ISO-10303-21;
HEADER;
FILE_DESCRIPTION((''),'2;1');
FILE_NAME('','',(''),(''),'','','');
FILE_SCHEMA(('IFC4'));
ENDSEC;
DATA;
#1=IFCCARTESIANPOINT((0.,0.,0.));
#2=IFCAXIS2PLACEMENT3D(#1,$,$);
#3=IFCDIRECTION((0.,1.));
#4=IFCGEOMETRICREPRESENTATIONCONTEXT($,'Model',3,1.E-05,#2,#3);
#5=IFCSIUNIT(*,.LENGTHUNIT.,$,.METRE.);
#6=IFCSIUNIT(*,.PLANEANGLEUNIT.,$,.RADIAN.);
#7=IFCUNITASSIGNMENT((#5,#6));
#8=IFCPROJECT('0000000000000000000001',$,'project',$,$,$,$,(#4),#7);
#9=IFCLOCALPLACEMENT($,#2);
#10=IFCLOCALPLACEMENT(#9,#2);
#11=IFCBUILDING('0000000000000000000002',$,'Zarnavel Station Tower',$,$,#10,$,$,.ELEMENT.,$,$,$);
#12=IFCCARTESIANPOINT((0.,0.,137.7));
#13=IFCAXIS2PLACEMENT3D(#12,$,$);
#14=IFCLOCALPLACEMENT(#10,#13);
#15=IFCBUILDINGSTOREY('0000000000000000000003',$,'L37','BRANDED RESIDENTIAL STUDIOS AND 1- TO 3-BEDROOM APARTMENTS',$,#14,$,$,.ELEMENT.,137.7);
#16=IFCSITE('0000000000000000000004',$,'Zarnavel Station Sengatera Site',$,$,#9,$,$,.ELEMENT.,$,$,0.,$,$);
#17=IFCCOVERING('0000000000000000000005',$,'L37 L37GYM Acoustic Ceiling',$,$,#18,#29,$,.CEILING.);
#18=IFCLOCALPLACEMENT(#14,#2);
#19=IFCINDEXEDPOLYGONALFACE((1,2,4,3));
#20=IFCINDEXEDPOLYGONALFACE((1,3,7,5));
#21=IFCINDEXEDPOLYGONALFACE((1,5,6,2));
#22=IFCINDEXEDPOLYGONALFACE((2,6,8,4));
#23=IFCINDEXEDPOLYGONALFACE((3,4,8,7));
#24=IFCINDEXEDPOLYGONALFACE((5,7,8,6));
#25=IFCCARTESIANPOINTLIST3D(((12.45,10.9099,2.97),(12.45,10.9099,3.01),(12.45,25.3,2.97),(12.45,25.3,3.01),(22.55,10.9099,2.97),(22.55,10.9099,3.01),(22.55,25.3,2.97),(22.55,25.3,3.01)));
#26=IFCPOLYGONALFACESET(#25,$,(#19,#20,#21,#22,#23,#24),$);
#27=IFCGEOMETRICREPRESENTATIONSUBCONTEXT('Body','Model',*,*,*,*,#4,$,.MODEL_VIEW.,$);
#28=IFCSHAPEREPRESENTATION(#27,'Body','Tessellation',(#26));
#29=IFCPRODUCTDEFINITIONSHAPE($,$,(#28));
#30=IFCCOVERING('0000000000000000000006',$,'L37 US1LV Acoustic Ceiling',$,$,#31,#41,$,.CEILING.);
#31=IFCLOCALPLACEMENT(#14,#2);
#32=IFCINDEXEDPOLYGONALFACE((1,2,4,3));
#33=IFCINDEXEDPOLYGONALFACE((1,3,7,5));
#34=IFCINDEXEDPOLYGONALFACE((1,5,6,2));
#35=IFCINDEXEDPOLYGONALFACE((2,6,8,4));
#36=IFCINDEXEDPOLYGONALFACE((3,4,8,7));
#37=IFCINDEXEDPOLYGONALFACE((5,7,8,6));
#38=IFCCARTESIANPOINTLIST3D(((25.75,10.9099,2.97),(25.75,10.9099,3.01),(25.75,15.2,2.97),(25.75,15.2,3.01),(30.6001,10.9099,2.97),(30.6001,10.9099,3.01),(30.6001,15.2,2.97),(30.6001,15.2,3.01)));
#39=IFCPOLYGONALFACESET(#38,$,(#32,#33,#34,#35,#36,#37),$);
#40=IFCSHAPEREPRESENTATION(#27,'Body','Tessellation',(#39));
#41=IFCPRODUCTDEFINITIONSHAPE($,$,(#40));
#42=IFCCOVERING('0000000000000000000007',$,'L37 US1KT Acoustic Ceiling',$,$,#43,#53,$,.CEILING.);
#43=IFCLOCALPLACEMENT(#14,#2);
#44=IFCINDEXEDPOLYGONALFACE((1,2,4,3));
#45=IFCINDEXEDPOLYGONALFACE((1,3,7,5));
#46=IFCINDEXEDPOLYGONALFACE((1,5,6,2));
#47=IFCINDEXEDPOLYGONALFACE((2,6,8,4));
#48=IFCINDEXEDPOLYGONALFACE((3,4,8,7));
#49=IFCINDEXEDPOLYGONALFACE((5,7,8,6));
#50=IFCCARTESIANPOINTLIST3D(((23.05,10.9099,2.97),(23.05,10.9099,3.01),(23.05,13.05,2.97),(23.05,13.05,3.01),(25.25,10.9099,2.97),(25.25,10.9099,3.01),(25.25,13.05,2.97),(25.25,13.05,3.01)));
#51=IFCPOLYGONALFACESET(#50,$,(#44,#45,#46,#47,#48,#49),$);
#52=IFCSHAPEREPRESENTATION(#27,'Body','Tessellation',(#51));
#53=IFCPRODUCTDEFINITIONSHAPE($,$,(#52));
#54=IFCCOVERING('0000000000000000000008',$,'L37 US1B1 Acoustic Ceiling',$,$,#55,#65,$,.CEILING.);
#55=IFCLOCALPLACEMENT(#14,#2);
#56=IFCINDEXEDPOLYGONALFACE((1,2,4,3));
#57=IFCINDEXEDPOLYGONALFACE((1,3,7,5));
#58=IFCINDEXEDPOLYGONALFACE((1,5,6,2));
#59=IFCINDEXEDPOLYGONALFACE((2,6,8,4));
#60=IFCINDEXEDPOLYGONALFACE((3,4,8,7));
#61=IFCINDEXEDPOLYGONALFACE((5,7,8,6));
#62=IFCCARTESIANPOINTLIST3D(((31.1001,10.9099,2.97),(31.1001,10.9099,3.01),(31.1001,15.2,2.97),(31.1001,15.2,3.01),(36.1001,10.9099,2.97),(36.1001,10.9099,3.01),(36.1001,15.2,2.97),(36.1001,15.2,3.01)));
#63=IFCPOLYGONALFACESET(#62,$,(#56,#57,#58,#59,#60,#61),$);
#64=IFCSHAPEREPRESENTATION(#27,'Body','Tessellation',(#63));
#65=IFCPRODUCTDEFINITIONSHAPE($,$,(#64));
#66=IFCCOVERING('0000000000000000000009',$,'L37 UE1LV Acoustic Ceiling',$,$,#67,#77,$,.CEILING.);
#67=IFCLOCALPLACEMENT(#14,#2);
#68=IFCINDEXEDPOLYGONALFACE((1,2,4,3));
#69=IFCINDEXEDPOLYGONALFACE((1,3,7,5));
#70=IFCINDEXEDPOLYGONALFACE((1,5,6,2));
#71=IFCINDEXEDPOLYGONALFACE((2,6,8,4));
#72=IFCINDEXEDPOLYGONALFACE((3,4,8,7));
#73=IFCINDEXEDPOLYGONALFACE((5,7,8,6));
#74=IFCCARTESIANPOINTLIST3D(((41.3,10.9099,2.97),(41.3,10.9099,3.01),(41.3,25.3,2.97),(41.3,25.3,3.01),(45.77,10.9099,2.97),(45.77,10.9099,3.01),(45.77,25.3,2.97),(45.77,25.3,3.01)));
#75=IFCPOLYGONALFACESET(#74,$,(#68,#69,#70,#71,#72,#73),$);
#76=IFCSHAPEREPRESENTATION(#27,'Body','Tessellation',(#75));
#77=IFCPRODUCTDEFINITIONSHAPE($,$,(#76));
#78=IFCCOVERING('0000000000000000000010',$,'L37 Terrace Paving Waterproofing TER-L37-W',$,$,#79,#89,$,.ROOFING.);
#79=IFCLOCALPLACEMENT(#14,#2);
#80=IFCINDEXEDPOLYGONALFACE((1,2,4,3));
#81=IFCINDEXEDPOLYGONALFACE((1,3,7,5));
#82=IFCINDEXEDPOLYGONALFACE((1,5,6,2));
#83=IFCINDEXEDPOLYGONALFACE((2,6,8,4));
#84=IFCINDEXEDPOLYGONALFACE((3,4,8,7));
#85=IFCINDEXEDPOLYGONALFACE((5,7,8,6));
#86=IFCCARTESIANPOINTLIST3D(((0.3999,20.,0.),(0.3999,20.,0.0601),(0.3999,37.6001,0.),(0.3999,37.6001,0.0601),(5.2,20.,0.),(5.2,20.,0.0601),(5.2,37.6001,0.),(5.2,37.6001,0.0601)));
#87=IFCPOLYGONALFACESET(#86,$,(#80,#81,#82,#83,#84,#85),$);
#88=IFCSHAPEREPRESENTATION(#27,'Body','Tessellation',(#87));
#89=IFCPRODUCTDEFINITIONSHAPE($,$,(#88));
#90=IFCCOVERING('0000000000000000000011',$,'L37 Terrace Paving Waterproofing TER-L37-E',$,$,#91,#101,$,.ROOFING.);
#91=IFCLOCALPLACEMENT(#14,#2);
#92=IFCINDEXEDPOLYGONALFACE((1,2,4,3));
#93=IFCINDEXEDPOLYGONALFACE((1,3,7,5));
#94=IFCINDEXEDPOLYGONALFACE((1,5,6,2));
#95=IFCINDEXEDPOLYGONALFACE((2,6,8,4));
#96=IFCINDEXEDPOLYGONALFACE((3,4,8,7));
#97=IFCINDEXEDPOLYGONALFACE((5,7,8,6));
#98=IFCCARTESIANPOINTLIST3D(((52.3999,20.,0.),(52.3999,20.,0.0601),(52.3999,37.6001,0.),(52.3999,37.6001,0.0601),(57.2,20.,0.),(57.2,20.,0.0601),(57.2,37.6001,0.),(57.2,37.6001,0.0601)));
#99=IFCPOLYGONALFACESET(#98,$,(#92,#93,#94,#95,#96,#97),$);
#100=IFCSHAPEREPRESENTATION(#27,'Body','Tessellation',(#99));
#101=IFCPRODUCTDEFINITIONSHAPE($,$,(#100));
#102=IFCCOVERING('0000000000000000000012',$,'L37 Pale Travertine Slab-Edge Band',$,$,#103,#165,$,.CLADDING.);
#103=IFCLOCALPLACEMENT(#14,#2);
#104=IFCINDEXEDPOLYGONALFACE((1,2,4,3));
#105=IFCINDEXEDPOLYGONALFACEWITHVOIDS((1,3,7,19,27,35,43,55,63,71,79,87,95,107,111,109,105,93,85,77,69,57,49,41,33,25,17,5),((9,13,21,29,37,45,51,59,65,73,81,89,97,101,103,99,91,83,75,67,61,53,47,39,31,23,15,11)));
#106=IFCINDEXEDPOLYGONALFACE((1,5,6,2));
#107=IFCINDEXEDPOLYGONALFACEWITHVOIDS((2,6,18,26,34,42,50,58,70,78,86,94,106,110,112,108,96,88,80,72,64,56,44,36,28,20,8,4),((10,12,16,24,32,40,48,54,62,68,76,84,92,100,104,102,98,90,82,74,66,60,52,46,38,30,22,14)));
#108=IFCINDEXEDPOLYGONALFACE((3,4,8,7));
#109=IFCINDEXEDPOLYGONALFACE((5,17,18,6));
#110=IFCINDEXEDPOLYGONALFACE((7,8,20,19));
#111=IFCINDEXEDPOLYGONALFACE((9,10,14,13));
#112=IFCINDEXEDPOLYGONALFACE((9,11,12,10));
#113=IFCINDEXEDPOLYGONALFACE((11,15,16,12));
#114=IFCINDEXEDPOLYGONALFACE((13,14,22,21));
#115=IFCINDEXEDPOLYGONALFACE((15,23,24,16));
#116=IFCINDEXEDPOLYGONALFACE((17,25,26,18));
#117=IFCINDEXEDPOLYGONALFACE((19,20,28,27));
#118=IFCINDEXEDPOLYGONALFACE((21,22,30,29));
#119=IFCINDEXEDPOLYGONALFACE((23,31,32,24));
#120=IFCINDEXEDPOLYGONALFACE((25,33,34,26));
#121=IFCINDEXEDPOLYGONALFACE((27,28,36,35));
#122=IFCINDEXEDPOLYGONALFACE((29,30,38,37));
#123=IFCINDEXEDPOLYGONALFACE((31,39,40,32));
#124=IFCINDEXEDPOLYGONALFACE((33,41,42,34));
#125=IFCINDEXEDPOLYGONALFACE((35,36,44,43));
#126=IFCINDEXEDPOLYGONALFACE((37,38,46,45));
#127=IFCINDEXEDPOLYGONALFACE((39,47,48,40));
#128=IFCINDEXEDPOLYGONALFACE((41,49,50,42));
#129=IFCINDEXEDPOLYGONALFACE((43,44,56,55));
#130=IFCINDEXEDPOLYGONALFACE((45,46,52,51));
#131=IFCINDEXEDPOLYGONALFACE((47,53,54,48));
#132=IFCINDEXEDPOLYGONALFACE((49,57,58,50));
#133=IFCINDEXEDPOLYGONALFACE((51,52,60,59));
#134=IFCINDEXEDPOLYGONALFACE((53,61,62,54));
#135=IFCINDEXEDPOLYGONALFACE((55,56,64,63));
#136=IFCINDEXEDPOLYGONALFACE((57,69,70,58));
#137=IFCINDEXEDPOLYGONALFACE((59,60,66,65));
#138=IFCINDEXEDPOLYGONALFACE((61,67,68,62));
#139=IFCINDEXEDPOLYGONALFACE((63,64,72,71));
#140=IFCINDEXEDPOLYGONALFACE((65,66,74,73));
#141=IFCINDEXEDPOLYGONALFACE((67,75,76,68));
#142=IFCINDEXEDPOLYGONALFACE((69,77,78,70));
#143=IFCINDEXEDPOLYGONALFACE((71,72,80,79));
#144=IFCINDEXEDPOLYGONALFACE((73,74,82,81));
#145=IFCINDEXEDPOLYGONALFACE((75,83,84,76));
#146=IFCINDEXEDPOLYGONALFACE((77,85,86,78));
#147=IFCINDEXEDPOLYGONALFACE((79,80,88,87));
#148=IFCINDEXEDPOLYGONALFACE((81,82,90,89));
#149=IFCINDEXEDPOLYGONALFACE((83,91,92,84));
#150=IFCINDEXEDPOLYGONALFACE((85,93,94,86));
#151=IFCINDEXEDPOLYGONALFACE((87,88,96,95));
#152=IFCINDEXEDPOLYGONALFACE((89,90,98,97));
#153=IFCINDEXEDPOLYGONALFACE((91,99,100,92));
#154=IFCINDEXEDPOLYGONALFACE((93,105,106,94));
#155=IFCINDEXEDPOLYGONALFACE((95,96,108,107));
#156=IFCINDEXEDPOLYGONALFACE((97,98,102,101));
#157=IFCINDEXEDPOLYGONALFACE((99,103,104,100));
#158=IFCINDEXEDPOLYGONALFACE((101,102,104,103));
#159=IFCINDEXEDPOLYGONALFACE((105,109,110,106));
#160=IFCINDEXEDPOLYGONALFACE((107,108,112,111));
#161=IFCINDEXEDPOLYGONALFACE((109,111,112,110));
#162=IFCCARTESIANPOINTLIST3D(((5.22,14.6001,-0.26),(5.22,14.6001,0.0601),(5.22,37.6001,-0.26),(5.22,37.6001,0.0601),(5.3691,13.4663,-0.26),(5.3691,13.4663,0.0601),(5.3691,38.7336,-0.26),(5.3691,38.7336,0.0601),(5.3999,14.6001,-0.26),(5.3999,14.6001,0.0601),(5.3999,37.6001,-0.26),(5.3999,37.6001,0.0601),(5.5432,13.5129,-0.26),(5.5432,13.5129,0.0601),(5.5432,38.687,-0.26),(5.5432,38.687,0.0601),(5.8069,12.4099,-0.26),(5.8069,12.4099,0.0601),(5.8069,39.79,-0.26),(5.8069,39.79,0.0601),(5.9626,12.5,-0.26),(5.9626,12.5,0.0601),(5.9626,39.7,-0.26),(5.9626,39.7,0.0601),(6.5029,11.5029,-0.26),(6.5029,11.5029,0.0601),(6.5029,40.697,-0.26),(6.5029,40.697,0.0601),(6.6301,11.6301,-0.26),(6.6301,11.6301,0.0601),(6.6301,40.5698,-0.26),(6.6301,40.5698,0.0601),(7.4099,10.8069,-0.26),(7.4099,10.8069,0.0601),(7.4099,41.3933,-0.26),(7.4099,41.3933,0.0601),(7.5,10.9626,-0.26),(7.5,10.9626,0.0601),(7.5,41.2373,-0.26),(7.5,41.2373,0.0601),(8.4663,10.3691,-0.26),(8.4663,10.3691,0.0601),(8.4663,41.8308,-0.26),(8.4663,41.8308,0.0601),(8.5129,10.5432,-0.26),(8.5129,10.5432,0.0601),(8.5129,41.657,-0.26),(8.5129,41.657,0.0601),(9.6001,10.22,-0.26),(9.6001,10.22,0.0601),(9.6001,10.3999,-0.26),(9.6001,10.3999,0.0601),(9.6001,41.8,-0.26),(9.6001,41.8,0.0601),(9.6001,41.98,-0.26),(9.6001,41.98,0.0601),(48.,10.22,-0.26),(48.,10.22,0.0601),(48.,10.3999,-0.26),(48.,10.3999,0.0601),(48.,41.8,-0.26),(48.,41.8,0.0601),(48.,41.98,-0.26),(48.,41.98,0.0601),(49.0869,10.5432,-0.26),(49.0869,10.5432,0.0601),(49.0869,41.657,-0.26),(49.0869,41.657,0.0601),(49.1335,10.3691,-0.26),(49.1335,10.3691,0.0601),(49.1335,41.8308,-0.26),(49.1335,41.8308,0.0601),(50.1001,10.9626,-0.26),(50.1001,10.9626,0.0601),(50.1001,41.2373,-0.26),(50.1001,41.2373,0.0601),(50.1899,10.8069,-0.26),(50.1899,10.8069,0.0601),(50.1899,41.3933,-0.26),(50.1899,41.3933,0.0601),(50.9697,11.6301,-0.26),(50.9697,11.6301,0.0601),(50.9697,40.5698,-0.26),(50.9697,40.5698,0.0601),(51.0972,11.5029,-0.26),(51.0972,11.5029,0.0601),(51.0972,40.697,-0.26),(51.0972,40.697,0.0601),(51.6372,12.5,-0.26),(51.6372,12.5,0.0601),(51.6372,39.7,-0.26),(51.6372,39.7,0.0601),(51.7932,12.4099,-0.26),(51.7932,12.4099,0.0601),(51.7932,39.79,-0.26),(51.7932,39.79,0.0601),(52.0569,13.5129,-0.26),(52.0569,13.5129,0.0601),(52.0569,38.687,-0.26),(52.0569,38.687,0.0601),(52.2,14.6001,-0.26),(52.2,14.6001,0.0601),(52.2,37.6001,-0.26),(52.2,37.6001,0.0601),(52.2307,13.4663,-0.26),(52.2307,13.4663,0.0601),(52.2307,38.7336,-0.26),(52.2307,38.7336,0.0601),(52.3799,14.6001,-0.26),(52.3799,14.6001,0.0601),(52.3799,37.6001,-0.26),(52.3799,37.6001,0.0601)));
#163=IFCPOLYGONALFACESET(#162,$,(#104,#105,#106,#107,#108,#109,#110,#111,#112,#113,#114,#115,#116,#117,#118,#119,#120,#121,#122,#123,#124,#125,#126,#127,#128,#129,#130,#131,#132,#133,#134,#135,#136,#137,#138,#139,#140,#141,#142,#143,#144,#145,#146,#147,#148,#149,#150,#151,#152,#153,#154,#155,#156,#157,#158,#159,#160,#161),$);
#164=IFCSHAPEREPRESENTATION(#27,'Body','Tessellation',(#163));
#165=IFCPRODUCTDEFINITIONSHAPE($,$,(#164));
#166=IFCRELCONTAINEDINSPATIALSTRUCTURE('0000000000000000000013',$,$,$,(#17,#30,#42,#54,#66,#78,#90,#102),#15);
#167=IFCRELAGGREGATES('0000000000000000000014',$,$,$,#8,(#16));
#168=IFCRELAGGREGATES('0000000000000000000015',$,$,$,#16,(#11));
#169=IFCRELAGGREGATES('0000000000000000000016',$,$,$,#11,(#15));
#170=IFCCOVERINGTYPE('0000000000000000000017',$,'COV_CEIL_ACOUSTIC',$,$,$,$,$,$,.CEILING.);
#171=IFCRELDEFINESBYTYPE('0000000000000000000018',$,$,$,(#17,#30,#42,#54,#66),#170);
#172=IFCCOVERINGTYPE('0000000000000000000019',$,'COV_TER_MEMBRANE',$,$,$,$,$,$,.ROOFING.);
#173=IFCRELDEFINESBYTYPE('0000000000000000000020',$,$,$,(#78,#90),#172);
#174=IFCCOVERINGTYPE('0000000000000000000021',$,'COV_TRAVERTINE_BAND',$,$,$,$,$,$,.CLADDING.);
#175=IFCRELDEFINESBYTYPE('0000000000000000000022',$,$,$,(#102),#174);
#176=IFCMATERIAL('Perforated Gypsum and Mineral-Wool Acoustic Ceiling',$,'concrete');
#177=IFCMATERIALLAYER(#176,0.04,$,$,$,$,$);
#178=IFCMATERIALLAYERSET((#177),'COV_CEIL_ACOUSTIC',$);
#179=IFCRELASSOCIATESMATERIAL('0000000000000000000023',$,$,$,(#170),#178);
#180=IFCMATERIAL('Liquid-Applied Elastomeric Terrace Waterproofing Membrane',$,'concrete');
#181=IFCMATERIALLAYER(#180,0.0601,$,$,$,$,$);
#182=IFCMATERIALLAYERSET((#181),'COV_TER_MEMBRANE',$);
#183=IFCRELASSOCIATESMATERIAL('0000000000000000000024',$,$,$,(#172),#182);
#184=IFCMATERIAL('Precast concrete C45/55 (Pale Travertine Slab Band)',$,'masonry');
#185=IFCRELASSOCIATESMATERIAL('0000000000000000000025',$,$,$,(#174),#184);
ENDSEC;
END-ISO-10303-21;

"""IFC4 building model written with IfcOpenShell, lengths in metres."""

from ifc_helpers import new_model, si_unit, direction, frame, origin, place, context, subcontext, project, spatial, polyline, outline, extrude, material, layer, layer_set, type_object, element, save


model = new_model("IFC4")

# Units and contexts
model_context = context("Model", 3, precision=1e-05, world=origin(), true_north=direction((0.0, 1.0)))
body_context = subcontext(model_context, "Body", "Model", "MODEL_VIEW")
ifc_project = project(units=[si_unit("LENGTHUNIT", "METRE"), si_unit("PLANEANGLEUNIT", "RADIAN")], contexts=[model_context])

# Site, building, storey
site_placement = place(None, origin())
site = spatial("IfcSite", under=ifc_project, at=site_placement, Name="Zarnavel Station Sengatera Site", CompositionType="ELEMENT", RefElevation=0.0)
building_placement = place(site_placement, origin())
building = spatial("IfcBuilding", under=site, at=building_placement, Name="Zarnavel Station Tower", CompositionType="ELEMENT")
storey_placement = place(building_placement, frame((0.0, 0.0, 137.7)))
storey = spatial("IfcBuildingStorey", under=building, at=storey_placement, Name="L37", Description="BRANDED RESIDENTIAL STUDIOS AND 1- TO 3-BEDROOM APARTMENTS", CompositionType="ELEMENT", Elevation=137.7)

# Coverings
ifc_material_1 = material(Name="Perforated Gypsum and Mineral-Wool Acoustic Ceiling", Category="concrete")
ifc_layer_1 = layer(ifc_material_1, 0.04)
ifc_layer_set_1 = layer_set([ifc_layer_1], Name="COV_CEIL_ACOUSTIC")
covering_type_1 = type_object("IfcCoveringType", Name="COV_CEIL_ACOUSTIC", PredefinedType="CEILING", material=ifc_layer_set_1)
covering_1_placement = place(storey_placement, frame((0.0, 0.0, 2.97)))
element("IfcCovering", 1, at=covering_1_placement, inside=storey, type_object=covering_type_1, Name="L37 L37GYM Acoustic Ceiling", PredefinedType="CEILING", context=body_context, shape_type="SweptSolid", body=[
    extrude(outline(polyline([(12.45, 10.9099), (22.55, 10.9099), (22.55, 25.3), (12.45, 25.3), (12.45, 10.9099)])), origin(), (0.0, 0.0, 1.0), 0.04),
])
covering_2_placement = place(storey_placement, frame((0.0, 0.0, 2.97)))
element("IfcCovering", 2, at=covering_2_placement, inside=storey, type_object=covering_type_1, Name="L37 US1LV Acoustic Ceiling", PredefinedType="CEILING", context=body_context, shape_type="SweptSolid", body=[
    extrude(outline(polyline([(25.75, 10.9099), (30.6001, 10.9099), (30.6001, 15.2), (25.75, 15.2), (25.75, 10.9099)])), origin(), (0.0, 0.0, 1.0), 0.04),
])
covering_3_placement = place(storey_placement, frame((0.0, 0.0, 2.97)))
element("IfcCovering", 3, at=covering_3_placement, inside=storey, type_object=covering_type_1, Name="L37 US1KT Acoustic Ceiling", PredefinedType="CEILING", context=body_context, shape_type="SweptSolid", body=[
    extrude(outline(polyline([(23.05, 10.9099), (25.25, 10.9099), (25.25, 13.05), (23.05, 13.05), (23.05, 10.9099)])), origin(), (0.0, 0.0, 1.0), 0.04),
])
covering_4_placement = place(storey_placement, frame((0.0, 0.0, 2.97)))
element("IfcCovering", 4, at=covering_4_placement, inside=storey, type_object=covering_type_1, Name="L37 US1B1 Acoustic Ceiling", PredefinedType="CEILING", context=body_context, shape_type="SweptSolid", body=[
    extrude(outline(polyline([(31.1001, 10.9099), (36.1001, 10.9099), (36.1001, 15.2), (31.1001, 15.2), (31.1001, 10.9099)])), origin(), (0.0, 0.0, 1.0), 0.04),
])
covering_5_placement = place(storey_placement, frame((0.0, 0.0, 2.97)))
element("IfcCovering", 5, at=covering_5_placement, inside=storey, type_object=covering_type_1, Name="L37 UE1LV Acoustic Ceiling", PredefinedType="CEILING", context=body_context, shape_type="SweptSolid", body=[
    extrude(outline(polyline([(41.3, 10.9099), (45.77, 10.9099), (45.77, 25.3), (41.3, 25.3), (41.3, 10.9099)])), origin(), (0.0, 0.0, 1.0), 0.04),
])
ifc_material_2 = material(Name="Liquid-Applied Elastomeric Terrace Waterproofing Membrane", Category="concrete")
ifc_layer_2 = layer(ifc_material_2, 0.0601)
ifc_layer_set_2 = layer_set([ifc_layer_2], Name="COV_TER_MEMBRANE")
covering_type_2 = type_object("IfcCoveringType", Name="COV_TER_MEMBRANE", PredefinedType="ROOFING", material=ifc_layer_set_2)
covering_6_placement = place(storey_placement, origin())
element("IfcCovering", 6, at=covering_6_placement, inside=storey, type_object=covering_type_2, Name="L37 Terrace Paving Waterproofing TER-L37-W", PredefinedType="ROOFING", context=body_context, shape_type="SweptSolid", body=[
    extrude(outline(polyline([(0.3999, 20.0), (5.2, 20.0), (5.2, 37.6001), (0.3999, 37.6001), (0.3999, 20.0)])), origin(), (0.0, 0.0, 1.0), 0.0601),
])
covering_7_placement = place(storey_placement, origin())
element("IfcCovering", 7, at=covering_7_placement, inside=storey, type_object=covering_type_2, Name="L37 Terrace Paving Waterproofing TER-L37-E", PredefinedType="ROOFING", context=body_context, shape_type="SweptSolid", body=[
    extrude(outline(polyline([(52.3999, 20.0), (57.2, 20.0), (57.2, 37.6001), (52.3999, 37.6001), (52.3999, 20.0)])), origin(), (0.0, 0.0, 1.0), 0.0601),
])
ifc_material_3 = material(Name="Precast concrete C45/55 (Pale Travertine Slab Band)", Category="masonry")
covering_type_3 = type_object("IfcCoveringType", Name="COV_TRAVERTINE_BAND", PredefinedType="CLADDING", material=ifc_material_3)
covering_8_placement = place(storey_placement, frame((0.0, 0.0, -0.26)))
element("IfcCovering", 8, at=covering_8_placement, inside=storey, type_object=covering_type_3, Name="L37 Pale Travertine Slab-Edge Band", PredefinedType="CLADDING", context=body_context, shape_type="SweptSolid", body=[
    extrude(outline(polyline([(48.0, 10.22), (49.1335, 10.3691), (50.1899, 10.8069), (51.0972, 11.5029), (51.7932, 12.4099), (52.2307, 13.4663), (52.3799, 14.6001), (52.3799, 37.6001), (52.2307, 38.7336), (51.7932, 39.79), (51.0972, 40.697), (50.1899, 41.3933), (49.1335, 41.8308), (48.0, 41.98), (9.6001, 41.98), (8.4663, 41.8308), (7.4099, 41.3933), (6.5029, 40.697), (5.8069, 39.79), (5.3691, 38.7336), (5.22, 37.6001), (5.22, 14.6001), (5.3691, 13.4663), (5.8069, 12.4099), (6.5029, 11.5029), (7.4099, 10.8069), (8.4663, 10.3691), (9.6001, 10.22), (48.0, 10.22)]), holes=[polyline([(48.0, 10.3999), (49.0869, 10.5432), (50.1001, 10.9626), (50.9697, 11.6301), (51.6372, 12.5), (52.0569, 13.5129), (52.2, 14.6001), (52.2, 37.6001), (52.0569, 38.687), (51.6372, 39.7), (50.9697, 40.5698), (50.1001, 41.2373), (49.0869, 41.657), (48.0, 41.8), (9.6001, 41.8), (8.5129, 41.657), (7.5, 41.2373), (6.6301, 40.5698), (5.9626, 39.7), (5.5432, 38.687), (5.3999, 37.6001), (5.3999, 14.6001), (5.5432, 13.5129), (5.9626, 12.5), (6.6301, 11.6301), (7.5, 10.9626), (8.5129, 10.5432), (9.6001, 10.3999), (48.0, 10.3999)])]), origin(), (0.0, 0.0, 1.0), 0.3201),
])

save(model, "model.ifc")
